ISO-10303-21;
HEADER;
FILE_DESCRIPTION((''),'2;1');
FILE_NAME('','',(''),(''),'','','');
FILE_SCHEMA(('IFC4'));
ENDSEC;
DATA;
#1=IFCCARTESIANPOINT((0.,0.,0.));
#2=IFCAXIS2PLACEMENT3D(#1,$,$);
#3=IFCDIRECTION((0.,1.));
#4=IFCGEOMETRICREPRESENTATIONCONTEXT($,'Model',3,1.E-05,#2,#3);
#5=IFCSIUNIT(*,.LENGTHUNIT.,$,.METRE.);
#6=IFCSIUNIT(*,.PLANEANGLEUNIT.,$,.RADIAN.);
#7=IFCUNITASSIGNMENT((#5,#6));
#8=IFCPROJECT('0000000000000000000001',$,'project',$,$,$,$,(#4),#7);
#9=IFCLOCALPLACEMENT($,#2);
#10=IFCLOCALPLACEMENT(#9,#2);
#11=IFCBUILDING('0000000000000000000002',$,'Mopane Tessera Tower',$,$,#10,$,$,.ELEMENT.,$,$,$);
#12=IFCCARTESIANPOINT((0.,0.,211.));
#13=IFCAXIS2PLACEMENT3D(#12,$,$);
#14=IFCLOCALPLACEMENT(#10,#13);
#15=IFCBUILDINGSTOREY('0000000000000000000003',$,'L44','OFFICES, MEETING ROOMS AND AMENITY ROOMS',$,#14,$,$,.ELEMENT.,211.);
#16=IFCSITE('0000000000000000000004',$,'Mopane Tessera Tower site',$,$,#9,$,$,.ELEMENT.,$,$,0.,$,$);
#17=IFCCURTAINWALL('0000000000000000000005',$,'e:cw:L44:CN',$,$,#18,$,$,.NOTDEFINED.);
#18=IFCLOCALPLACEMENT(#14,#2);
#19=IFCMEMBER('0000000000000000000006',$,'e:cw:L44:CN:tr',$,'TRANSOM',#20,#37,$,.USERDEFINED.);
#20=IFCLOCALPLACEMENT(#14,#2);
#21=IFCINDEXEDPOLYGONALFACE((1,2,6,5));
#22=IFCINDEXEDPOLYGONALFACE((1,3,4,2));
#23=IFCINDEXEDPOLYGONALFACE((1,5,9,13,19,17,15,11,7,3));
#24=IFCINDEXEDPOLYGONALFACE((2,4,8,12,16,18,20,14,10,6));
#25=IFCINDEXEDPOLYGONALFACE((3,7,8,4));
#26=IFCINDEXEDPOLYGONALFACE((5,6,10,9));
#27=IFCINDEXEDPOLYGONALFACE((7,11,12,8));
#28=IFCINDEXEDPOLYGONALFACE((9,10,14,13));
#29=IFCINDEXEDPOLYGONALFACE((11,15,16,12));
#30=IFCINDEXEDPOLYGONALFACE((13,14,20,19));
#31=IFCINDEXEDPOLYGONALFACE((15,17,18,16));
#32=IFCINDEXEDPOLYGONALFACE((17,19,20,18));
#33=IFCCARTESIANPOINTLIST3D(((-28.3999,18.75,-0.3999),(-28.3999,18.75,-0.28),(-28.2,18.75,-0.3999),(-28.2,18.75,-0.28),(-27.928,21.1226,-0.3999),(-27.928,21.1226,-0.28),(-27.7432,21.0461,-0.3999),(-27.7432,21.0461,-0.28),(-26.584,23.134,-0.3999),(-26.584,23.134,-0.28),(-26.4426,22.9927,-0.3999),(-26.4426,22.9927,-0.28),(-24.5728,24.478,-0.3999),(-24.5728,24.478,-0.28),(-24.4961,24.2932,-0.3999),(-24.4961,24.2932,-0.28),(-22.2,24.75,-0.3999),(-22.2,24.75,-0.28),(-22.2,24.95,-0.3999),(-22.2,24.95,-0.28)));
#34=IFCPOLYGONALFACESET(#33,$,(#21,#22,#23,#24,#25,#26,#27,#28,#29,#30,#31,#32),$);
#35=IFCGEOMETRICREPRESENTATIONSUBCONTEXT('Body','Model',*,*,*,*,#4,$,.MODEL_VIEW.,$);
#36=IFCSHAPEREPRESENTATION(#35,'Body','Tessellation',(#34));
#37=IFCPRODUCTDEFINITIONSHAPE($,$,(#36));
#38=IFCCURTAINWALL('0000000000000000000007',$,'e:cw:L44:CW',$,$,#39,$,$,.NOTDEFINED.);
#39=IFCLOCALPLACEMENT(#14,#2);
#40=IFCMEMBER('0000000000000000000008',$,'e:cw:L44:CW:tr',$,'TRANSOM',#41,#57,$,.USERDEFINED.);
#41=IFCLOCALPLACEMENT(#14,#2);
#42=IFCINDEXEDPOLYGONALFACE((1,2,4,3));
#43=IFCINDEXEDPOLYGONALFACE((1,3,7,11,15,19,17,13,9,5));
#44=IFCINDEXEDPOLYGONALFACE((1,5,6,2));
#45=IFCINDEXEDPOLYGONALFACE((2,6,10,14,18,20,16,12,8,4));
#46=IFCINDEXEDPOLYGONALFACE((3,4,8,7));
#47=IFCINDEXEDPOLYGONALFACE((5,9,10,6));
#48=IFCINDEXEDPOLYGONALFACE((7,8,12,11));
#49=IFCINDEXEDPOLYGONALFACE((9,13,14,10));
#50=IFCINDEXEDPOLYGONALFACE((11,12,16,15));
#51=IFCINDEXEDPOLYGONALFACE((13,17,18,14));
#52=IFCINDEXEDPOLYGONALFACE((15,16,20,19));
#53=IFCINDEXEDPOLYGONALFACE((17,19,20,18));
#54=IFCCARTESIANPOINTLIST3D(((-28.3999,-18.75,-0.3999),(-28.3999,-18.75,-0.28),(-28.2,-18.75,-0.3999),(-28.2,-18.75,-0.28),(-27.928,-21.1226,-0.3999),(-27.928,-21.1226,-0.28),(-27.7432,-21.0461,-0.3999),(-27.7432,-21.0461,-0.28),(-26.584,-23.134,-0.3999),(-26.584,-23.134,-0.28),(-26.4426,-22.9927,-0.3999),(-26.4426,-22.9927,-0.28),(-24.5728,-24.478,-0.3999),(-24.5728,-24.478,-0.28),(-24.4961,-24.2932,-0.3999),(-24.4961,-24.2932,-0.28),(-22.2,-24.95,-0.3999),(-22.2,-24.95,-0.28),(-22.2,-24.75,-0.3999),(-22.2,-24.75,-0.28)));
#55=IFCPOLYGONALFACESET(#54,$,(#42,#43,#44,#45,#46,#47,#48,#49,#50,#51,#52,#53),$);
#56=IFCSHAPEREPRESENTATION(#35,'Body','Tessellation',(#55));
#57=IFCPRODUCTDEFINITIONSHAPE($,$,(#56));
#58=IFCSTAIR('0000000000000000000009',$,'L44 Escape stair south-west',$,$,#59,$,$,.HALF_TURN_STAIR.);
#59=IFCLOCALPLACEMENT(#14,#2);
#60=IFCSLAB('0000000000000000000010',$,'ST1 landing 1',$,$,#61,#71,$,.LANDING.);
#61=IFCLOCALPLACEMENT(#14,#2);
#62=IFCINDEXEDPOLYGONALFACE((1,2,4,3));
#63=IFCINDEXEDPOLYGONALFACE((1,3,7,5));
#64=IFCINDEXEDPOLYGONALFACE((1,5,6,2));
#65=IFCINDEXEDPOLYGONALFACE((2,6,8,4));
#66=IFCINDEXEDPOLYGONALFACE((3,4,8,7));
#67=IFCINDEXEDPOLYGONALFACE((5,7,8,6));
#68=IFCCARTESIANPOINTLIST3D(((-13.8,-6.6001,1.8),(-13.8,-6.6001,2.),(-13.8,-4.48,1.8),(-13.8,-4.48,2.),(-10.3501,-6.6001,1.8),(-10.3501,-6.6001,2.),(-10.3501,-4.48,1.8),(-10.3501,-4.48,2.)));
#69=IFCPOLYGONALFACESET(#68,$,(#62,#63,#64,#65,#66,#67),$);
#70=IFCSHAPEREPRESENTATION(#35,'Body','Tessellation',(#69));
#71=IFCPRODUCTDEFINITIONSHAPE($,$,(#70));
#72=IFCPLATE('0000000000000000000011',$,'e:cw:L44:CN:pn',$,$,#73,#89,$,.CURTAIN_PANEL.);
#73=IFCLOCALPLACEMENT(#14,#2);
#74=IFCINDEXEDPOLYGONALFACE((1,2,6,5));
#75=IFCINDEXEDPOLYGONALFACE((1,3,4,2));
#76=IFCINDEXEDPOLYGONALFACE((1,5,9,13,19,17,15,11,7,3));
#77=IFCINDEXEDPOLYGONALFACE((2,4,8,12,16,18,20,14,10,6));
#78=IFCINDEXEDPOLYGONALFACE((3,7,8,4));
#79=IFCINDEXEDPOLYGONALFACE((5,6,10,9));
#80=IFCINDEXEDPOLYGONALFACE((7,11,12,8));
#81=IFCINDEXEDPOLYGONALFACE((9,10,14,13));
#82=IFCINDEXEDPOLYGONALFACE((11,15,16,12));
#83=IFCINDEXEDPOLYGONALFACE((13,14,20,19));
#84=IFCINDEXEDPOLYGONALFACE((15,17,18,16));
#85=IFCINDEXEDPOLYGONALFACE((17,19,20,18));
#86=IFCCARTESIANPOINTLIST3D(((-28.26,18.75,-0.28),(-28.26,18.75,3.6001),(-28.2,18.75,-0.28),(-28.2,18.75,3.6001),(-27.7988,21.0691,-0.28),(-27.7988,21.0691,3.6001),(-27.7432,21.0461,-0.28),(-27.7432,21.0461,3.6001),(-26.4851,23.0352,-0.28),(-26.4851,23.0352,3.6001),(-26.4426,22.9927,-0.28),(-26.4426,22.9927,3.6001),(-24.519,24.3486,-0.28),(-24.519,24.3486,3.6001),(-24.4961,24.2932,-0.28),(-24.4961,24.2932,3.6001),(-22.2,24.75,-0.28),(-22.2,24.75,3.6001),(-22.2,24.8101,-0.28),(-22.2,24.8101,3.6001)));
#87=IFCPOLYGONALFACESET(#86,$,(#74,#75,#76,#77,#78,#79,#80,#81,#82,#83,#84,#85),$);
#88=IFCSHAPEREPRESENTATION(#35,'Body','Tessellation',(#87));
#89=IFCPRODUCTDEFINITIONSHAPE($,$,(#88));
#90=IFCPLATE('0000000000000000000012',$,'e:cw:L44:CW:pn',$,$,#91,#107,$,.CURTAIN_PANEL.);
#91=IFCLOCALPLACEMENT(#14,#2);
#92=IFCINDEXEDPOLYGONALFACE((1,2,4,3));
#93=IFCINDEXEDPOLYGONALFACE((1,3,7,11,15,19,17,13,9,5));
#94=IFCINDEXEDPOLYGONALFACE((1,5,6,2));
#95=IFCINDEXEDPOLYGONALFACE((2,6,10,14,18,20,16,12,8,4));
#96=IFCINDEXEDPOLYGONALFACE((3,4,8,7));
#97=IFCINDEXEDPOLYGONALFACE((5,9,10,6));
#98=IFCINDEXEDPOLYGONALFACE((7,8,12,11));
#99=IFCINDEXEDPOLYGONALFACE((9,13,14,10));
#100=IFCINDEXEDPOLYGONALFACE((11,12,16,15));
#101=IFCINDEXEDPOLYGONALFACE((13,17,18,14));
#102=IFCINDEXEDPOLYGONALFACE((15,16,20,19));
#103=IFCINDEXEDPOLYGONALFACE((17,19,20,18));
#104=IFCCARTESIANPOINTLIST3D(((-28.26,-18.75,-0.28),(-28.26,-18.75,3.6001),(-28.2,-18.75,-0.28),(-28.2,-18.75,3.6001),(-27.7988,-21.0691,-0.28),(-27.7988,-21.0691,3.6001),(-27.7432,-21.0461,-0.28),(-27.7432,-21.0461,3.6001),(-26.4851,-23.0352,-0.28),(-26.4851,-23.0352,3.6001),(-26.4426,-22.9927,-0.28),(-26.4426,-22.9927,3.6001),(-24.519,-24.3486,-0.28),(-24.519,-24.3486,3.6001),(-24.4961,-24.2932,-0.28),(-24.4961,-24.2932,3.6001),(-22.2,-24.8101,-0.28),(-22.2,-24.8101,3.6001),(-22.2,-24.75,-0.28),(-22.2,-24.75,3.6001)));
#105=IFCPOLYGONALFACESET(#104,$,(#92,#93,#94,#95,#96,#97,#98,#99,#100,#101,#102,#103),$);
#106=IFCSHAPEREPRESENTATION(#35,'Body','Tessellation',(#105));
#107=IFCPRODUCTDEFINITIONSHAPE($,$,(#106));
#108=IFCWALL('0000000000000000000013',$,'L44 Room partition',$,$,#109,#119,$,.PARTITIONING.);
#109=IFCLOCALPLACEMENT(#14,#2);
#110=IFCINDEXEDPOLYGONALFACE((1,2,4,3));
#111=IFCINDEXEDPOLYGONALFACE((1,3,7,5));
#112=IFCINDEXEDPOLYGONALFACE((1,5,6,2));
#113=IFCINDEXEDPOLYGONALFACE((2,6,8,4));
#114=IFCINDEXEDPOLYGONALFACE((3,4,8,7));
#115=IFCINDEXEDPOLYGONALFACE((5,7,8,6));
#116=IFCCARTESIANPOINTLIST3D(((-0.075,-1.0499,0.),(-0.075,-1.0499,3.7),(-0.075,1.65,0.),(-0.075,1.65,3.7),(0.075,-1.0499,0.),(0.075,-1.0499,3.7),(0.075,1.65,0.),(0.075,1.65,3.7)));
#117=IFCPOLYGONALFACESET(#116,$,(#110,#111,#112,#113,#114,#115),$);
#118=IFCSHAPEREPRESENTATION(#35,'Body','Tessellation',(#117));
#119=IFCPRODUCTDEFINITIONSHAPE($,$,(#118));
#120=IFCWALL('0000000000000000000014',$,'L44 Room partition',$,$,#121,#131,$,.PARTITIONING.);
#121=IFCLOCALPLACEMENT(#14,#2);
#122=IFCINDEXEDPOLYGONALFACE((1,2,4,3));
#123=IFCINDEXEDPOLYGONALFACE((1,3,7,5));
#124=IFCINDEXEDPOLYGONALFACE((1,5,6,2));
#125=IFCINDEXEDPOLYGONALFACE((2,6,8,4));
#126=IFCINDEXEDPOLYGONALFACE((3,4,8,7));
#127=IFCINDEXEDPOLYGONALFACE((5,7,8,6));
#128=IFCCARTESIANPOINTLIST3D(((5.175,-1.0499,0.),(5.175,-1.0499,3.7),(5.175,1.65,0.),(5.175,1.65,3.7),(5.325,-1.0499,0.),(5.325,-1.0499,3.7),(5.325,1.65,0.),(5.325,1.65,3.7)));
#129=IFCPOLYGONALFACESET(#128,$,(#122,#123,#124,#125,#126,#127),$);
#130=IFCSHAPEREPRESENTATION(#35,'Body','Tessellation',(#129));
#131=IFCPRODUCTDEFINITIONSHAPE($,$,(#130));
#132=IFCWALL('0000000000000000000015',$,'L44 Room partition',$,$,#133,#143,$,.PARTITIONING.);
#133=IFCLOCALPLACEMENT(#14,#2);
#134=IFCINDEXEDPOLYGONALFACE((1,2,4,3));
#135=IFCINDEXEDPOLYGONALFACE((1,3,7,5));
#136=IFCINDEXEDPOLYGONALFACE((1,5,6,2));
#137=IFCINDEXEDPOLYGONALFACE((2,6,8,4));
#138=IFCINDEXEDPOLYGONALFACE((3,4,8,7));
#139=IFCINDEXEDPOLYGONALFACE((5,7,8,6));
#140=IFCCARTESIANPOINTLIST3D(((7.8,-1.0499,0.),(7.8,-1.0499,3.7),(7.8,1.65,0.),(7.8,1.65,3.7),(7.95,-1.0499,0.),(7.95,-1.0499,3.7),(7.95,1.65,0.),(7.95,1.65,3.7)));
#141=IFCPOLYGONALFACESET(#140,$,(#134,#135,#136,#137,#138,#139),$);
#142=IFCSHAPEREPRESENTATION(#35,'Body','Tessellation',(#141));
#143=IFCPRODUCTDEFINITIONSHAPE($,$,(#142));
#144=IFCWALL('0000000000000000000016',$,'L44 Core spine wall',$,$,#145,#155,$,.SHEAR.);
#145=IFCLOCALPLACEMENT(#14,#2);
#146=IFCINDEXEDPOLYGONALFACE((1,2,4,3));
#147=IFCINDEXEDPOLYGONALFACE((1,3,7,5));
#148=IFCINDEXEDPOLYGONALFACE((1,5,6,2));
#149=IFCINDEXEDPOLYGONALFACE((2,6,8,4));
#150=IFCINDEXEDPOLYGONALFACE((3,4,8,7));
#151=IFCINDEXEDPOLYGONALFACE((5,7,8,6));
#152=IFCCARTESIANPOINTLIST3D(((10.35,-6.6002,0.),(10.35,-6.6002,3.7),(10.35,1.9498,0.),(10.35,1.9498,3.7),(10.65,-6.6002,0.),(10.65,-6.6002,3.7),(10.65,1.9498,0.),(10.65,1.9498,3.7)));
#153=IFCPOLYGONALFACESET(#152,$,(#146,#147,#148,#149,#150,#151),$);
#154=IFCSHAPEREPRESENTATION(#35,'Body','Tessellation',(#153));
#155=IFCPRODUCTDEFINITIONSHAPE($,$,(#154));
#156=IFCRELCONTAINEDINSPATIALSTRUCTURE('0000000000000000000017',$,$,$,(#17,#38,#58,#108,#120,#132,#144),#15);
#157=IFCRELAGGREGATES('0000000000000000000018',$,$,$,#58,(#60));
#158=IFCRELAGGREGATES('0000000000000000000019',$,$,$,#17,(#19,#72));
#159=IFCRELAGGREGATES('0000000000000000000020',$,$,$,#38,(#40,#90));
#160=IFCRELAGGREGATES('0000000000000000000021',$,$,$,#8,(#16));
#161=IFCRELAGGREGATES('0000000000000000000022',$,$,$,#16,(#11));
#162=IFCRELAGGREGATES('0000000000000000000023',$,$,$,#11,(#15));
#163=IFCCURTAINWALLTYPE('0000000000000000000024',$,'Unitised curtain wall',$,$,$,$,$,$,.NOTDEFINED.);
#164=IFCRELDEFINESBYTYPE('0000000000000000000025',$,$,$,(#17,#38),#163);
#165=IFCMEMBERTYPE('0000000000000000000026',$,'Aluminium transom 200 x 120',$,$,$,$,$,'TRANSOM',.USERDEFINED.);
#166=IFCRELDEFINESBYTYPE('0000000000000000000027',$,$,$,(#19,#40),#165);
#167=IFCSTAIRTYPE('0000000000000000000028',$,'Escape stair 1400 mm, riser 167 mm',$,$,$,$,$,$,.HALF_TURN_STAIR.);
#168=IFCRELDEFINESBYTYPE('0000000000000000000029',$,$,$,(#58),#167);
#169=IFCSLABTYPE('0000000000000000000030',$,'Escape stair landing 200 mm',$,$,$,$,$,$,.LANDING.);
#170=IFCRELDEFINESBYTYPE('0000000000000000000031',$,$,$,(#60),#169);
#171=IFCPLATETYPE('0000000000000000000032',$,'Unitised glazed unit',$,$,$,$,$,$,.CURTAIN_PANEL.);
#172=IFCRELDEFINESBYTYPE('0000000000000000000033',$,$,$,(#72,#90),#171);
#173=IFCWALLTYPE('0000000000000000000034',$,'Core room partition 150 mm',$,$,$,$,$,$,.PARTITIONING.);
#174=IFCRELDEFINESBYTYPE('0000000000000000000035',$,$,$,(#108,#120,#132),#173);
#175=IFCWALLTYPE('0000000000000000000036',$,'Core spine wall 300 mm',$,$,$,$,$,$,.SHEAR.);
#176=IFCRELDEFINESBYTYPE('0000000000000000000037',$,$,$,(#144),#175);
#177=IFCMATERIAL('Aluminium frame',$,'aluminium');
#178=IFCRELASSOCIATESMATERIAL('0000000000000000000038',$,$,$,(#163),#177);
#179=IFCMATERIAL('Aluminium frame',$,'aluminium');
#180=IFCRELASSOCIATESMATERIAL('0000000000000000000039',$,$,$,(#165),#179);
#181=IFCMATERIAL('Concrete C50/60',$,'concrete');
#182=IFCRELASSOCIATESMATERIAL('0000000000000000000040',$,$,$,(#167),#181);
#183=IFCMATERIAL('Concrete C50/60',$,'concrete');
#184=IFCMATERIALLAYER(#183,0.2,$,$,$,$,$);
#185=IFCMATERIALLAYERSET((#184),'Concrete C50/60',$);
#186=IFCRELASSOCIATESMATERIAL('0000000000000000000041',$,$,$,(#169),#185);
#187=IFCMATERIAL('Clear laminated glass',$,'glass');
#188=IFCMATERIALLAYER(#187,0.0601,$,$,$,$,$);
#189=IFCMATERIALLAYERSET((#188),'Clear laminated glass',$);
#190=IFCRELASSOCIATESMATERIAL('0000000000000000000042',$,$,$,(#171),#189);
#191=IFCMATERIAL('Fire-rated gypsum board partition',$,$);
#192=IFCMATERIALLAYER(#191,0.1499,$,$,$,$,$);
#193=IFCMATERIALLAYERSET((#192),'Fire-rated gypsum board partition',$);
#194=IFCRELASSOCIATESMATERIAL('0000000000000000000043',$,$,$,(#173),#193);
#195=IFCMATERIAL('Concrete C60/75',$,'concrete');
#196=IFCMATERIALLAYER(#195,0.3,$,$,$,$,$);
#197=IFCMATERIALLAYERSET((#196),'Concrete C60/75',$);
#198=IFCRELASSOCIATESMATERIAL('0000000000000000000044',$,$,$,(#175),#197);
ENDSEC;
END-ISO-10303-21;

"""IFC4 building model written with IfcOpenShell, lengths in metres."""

from ifc_helpers import new_model, si_unit, direction, frame, frame_2d, origin, origin_2d, place, context, subcontext, project, spatial, polyline, rectangle, outline, extrude, material, layer, layer_set, material_profile, profile_set, type_object, element, aggregate, save


model = new_model("IFC4")

# Units and contexts
model_context = context("Model", 3, precision=1e-05, world=origin(), true_north=direction((0.0, 1.0)))
body_context = subcontext(model_context, "Body", "Model", "MODEL_VIEW")
ifc_project = project(units=[si_unit("LENGTHUNIT", "METRE"), si_unit("PLANEANGLEUNIT", "RADIAN")], contexts=[model_context])

# Site, building, storey
site_placement = place(None, origin())
site = spatial("IfcSite", under=ifc_project, at=site_placement, Name="Mopane Tessera Tower site", CompositionType="ELEMENT", RefElevation=0.0)
building_placement = place(site_placement, origin())
building = spatial("IfcBuilding", under=site, at=building_placement, Name="Mopane Tessera Tower", CompositionType="ELEMENT")
storey_placement = place(building_placement, frame((0.0, 0.0, 211.0)))
storey = spatial("IfcBuildingStorey", under=building, at=storey_placement, Name="L44", Description="OFFICES, MEETING ROOMS AND AMENITY ROOMS", CompositionType="ELEMENT", Elevation=211.0)

# Curtain walls, members
ifc_material_1 = material(Name="Aluminium frame", Category="aluminium")
curtain_wall_type = type_object("IfcCurtainWallType", Name="Unitised curtain wall", PredefinedType="NOTDEFINED", material=ifc_material_1)
curtain_wall_1_placement = place(storey_placement, origin())
curtain_wall_1 = element("IfcCurtainWall", 1, at=curtain_wall_1_placement, inside=storey, type_object=curtain_wall_type, Name="e:cw:L44:CN", PredefinedType="NOTDEFINED")
ifc_material_2 = material(Name="Aluminium frame", Category="aluminium")
ifc_material_profile = material_profile(ifc_material_2, rectangle(XDim=0.2, YDim=0.1201, at=origin_2d()))
ifc_profile_set = profile_set([ifc_material_profile], Name="Aluminium frame")
member_type = type_object("IfcMemberType", Name="Aluminium transom 200 x 120", ElementType="TRANSOM", PredefinedType="USERDEFINED", material=ifc_profile_set)
member_1_placement = place(storey_placement, frame((0.0, 0.0, -0.3999)))
member_1 = element("IfcMember", 2, at=member_1_placement, type_object=member_type, Name="e:cw:L44:CN:tr", ObjectType="TRANSOM", PredefinedType="USERDEFINED", context=body_context, shape_type="SweptSolid", body=[
    extrude(outline(polyline([(-22.2, 24.75), (-24.4961, 24.2932), (-26.4426, 22.9927), (-27.7432, 21.0461), (-28.2, 18.75), (-28.3999, 18.75), (-27.928, 21.1226), (-26.584, 23.134), (-24.5728, 24.478), (-22.2, 24.95), (-22.2, 24.75)])), origin(), (0.0, 0.0, 1.0), 0.1199),
])
curtain_wall_2_placement = place(storey_placement, origin())
curtain_wall_2 = element("IfcCurtainWall", 3, at=curtain_wall_2_placement, inside=storey, type_object=curtain_wall_type, Name="e:cw:L44:CW", PredefinedType="NOTDEFINED")
member_2_placement = place(storey_placement, frame((0.0, 0.0, -0.3999)))
member_2 = element("IfcMember", 4, at=member_2_placement, type_object=member_type, Name="e:cw:L44:CW:tr", ObjectType="TRANSOM", PredefinedType="USERDEFINED", context=body_context, shape_type="SweptSolid", body=[
    extrude(outline(polyline([(-28.2, -18.75), (-27.7432, -21.0461), (-26.4426, -22.9927), (-24.4961, -24.2932), (-22.2, -24.75), (-22.2, -24.95), (-24.5728, -24.478), (-26.584, -23.134), (-27.928, -21.1226), (-28.3999, -18.75), (-28.2, -18.75)])), origin(), (0.0, 0.0, 1.0), 0.1199),
])

# Stair, slab
ifc_material_3 = material(Name="Concrete C50/60", Category="concrete")
stair_type = type_object("IfcStairType", Name="Escape stair 1400 mm, riser 167 mm", PredefinedType="HALF_TURN_STAIR", material=ifc_material_3)
stair_1_placement = place(storey_placement, origin())
stair_1 = element("IfcStair", 5, at=stair_1_placement, inside=storey, type_object=stair_type, Name="L44 Escape stair south-west", PredefinedType="HALF_TURN_STAIR")
ifc_material_4 = material(Name="Concrete C50/60", Category="concrete")
ifc_layer_1 = layer(ifc_material_4, 0.2)
ifc_layer_set_1 = layer_set([ifc_layer_1], Name="Concrete C50/60")
slab_type = type_object("IfcSlabType", Name="Escape stair landing 200 mm", PredefinedType="LANDING", material=ifc_layer_set_1)
slab_placement = place(storey_placement, frame((0.0, 0.0, 1.8)))
slab = element("IfcSlab", 6, at=slab_placement, type_object=slab_type, Name="ST1 landing 1", PredefinedType="LANDING", context=body_context, shape_type="SweptSolid", body=[
    extrude(outline(polyline([(-13.8, -4.48), (-13.8, -6.6001), (-10.3501, -6.6001), (-10.3501, -4.48), (-13.8, -4.48)])), origin(), (0.0, 0.0, 1.0), 0.2),
])
aggregate(stair_1, [slab])

# Plates
ifc_material_5 = material(Name="Clear laminated glass", Category="glass")
ifc_layer_2 = layer(ifc_material_5, 0.0601)
ifc_layer_set_2 = layer_set([ifc_layer_2], Name="Clear laminated glass")
plate_type = type_object("IfcPlateType", Name="Unitised glazed unit", PredefinedType="CURTAIN_PANEL", material=ifc_layer_set_2)
plate_1_placement = place(storey_placement, frame((0.0, 0.0, -0.28)))
plate_1 = element("IfcPlate", 7, at=plate_1_placement, type_object=plate_type, Name="e:cw:L44:CN:pn", PredefinedType="CURTAIN_PANEL", context=body_context, shape_type="SweptSolid", body=[
    extrude(outline(polyline([(-22.2, 24.75), (-24.4961, 24.2932), (-26.4426, 22.9927), (-27.7432, 21.0461), (-28.2, 18.75), (-28.26, 18.75), (-27.7988, 21.0691), (-26.4851, 23.0352), (-24.519, 24.3486), (-22.2, 24.8101), (-22.2, 24.75)])), origin(), (0.0, 0.0, 1.0), 3.8801),
])
aggregate(curtain_wall_1, [member_1, plate_1])
plate_2_placement = place(storey_placement, frame((0.0, 0.0, -0.28)))
plate_2 = element("IfcPlate", 8, at=plate_2_placement, type_object=plate_type, Name="e:cw:L44:CW:pn", PredefinedType="CURTAIN_PANEL", context=body_context, shape_type="SweptSolid", body=[
    extrude(outline(polyline([(-28.2, -18.75), (-27.7432, -21.0461), (-26.4426, -22.9927), (-24.4961, -24.2932), (-22.2, -24.75), (-22.2, -24.8101), (-24.519, -24.3486), (-26.4851, -23.0352), (-27.7988, -21.0691), (-28.26, -18.75), (-28.2, -18.75)])), origin(), (0.0, 0.0, 1.0), 3.8801),
])
aggregate(curtain_wall_2, [member_2, plate_2])

# Walls
ifc_material_6 = material(Name="Fire-rated gypsum board partition")
ifc_layer_3 = layer(ifc_material_6, 0.1499)
ifc_layer_set_3 = layer_set([ifc_layer_3], Name="Fire-rated gypsum board partition")
wall_type_1 = type_object("IfcWallType", Name="Core room partition 150 mm", PredefinedType="PARTITIONING", material=ifc_layer_set_3)
for number, where, z_axis, x_axis, name in (
    (9, (0.0, -1.05, 0.0), (0.0, 0.0, 1.0), (0.0, 1.0, 0.0), "L44 Room partition"),
    (10, (5.25, -1.05, 0.0), (0.0, 0.0, 1.0), (0.0, 1.0, 0.0), "L44 Room partition"),
    (11, (7.875, -1.05, 0.0), (0.0, 0.0, 1.0), (0.0, 1.0, 0.0), "L44 Room partition"),
):
    element("IfcWall", number, at=place(storey_placement, frame(where, z_axis=z_axis, x_axis=x_axis)), inside=storey, type_object=wall_type_1, Name=name, PredefinedType="PARTITIONING", context=body_context, shape_type="SweptSolid", body=[
        extrude(rectangle(XDim=2.7, YDim=0.1499, at=frame_2d((1.3501, 0.0))), origin(), (0.0, 0.0, 1.0), 3.7),
    ])
ifc_material_7 = material(Name="Concrete C60/75", Category="concrete")
ifc_layer_4 = layer(ifc_material_7, 0.3)
ifc_layer_set_4 = layer_set([ifc_layer_4], Name="Concrete C60/75")
wall_type_2 = type_object("IfcWallType", Name="Core spine wall 300 mm", PredefinedType="SHEAR", material=ifc_layer_set_4)
wall_1_placement = place(storey_placement, frame((10.5, -6.6001, 0.0), z_axis=(0.0, 0.0, 1.0), x_axis=(0.0, 1.0, 0.0)))
element("IfcWall", 12, at=wall_1_placement, inside=storey, type_object=wall_type_2, Name="L44 Core spine wall", PredefinedType="SHEAR", context=body_context, shape_type="SweptSolid", body=[
    extrude(rectangle(XDim=8.55, YDim=0.3, at=frame_2d((4.2749, 0.0))), origin(), (0.0, 0.0, 1.0), 3.7),
])

save(model, "model.ifc")
